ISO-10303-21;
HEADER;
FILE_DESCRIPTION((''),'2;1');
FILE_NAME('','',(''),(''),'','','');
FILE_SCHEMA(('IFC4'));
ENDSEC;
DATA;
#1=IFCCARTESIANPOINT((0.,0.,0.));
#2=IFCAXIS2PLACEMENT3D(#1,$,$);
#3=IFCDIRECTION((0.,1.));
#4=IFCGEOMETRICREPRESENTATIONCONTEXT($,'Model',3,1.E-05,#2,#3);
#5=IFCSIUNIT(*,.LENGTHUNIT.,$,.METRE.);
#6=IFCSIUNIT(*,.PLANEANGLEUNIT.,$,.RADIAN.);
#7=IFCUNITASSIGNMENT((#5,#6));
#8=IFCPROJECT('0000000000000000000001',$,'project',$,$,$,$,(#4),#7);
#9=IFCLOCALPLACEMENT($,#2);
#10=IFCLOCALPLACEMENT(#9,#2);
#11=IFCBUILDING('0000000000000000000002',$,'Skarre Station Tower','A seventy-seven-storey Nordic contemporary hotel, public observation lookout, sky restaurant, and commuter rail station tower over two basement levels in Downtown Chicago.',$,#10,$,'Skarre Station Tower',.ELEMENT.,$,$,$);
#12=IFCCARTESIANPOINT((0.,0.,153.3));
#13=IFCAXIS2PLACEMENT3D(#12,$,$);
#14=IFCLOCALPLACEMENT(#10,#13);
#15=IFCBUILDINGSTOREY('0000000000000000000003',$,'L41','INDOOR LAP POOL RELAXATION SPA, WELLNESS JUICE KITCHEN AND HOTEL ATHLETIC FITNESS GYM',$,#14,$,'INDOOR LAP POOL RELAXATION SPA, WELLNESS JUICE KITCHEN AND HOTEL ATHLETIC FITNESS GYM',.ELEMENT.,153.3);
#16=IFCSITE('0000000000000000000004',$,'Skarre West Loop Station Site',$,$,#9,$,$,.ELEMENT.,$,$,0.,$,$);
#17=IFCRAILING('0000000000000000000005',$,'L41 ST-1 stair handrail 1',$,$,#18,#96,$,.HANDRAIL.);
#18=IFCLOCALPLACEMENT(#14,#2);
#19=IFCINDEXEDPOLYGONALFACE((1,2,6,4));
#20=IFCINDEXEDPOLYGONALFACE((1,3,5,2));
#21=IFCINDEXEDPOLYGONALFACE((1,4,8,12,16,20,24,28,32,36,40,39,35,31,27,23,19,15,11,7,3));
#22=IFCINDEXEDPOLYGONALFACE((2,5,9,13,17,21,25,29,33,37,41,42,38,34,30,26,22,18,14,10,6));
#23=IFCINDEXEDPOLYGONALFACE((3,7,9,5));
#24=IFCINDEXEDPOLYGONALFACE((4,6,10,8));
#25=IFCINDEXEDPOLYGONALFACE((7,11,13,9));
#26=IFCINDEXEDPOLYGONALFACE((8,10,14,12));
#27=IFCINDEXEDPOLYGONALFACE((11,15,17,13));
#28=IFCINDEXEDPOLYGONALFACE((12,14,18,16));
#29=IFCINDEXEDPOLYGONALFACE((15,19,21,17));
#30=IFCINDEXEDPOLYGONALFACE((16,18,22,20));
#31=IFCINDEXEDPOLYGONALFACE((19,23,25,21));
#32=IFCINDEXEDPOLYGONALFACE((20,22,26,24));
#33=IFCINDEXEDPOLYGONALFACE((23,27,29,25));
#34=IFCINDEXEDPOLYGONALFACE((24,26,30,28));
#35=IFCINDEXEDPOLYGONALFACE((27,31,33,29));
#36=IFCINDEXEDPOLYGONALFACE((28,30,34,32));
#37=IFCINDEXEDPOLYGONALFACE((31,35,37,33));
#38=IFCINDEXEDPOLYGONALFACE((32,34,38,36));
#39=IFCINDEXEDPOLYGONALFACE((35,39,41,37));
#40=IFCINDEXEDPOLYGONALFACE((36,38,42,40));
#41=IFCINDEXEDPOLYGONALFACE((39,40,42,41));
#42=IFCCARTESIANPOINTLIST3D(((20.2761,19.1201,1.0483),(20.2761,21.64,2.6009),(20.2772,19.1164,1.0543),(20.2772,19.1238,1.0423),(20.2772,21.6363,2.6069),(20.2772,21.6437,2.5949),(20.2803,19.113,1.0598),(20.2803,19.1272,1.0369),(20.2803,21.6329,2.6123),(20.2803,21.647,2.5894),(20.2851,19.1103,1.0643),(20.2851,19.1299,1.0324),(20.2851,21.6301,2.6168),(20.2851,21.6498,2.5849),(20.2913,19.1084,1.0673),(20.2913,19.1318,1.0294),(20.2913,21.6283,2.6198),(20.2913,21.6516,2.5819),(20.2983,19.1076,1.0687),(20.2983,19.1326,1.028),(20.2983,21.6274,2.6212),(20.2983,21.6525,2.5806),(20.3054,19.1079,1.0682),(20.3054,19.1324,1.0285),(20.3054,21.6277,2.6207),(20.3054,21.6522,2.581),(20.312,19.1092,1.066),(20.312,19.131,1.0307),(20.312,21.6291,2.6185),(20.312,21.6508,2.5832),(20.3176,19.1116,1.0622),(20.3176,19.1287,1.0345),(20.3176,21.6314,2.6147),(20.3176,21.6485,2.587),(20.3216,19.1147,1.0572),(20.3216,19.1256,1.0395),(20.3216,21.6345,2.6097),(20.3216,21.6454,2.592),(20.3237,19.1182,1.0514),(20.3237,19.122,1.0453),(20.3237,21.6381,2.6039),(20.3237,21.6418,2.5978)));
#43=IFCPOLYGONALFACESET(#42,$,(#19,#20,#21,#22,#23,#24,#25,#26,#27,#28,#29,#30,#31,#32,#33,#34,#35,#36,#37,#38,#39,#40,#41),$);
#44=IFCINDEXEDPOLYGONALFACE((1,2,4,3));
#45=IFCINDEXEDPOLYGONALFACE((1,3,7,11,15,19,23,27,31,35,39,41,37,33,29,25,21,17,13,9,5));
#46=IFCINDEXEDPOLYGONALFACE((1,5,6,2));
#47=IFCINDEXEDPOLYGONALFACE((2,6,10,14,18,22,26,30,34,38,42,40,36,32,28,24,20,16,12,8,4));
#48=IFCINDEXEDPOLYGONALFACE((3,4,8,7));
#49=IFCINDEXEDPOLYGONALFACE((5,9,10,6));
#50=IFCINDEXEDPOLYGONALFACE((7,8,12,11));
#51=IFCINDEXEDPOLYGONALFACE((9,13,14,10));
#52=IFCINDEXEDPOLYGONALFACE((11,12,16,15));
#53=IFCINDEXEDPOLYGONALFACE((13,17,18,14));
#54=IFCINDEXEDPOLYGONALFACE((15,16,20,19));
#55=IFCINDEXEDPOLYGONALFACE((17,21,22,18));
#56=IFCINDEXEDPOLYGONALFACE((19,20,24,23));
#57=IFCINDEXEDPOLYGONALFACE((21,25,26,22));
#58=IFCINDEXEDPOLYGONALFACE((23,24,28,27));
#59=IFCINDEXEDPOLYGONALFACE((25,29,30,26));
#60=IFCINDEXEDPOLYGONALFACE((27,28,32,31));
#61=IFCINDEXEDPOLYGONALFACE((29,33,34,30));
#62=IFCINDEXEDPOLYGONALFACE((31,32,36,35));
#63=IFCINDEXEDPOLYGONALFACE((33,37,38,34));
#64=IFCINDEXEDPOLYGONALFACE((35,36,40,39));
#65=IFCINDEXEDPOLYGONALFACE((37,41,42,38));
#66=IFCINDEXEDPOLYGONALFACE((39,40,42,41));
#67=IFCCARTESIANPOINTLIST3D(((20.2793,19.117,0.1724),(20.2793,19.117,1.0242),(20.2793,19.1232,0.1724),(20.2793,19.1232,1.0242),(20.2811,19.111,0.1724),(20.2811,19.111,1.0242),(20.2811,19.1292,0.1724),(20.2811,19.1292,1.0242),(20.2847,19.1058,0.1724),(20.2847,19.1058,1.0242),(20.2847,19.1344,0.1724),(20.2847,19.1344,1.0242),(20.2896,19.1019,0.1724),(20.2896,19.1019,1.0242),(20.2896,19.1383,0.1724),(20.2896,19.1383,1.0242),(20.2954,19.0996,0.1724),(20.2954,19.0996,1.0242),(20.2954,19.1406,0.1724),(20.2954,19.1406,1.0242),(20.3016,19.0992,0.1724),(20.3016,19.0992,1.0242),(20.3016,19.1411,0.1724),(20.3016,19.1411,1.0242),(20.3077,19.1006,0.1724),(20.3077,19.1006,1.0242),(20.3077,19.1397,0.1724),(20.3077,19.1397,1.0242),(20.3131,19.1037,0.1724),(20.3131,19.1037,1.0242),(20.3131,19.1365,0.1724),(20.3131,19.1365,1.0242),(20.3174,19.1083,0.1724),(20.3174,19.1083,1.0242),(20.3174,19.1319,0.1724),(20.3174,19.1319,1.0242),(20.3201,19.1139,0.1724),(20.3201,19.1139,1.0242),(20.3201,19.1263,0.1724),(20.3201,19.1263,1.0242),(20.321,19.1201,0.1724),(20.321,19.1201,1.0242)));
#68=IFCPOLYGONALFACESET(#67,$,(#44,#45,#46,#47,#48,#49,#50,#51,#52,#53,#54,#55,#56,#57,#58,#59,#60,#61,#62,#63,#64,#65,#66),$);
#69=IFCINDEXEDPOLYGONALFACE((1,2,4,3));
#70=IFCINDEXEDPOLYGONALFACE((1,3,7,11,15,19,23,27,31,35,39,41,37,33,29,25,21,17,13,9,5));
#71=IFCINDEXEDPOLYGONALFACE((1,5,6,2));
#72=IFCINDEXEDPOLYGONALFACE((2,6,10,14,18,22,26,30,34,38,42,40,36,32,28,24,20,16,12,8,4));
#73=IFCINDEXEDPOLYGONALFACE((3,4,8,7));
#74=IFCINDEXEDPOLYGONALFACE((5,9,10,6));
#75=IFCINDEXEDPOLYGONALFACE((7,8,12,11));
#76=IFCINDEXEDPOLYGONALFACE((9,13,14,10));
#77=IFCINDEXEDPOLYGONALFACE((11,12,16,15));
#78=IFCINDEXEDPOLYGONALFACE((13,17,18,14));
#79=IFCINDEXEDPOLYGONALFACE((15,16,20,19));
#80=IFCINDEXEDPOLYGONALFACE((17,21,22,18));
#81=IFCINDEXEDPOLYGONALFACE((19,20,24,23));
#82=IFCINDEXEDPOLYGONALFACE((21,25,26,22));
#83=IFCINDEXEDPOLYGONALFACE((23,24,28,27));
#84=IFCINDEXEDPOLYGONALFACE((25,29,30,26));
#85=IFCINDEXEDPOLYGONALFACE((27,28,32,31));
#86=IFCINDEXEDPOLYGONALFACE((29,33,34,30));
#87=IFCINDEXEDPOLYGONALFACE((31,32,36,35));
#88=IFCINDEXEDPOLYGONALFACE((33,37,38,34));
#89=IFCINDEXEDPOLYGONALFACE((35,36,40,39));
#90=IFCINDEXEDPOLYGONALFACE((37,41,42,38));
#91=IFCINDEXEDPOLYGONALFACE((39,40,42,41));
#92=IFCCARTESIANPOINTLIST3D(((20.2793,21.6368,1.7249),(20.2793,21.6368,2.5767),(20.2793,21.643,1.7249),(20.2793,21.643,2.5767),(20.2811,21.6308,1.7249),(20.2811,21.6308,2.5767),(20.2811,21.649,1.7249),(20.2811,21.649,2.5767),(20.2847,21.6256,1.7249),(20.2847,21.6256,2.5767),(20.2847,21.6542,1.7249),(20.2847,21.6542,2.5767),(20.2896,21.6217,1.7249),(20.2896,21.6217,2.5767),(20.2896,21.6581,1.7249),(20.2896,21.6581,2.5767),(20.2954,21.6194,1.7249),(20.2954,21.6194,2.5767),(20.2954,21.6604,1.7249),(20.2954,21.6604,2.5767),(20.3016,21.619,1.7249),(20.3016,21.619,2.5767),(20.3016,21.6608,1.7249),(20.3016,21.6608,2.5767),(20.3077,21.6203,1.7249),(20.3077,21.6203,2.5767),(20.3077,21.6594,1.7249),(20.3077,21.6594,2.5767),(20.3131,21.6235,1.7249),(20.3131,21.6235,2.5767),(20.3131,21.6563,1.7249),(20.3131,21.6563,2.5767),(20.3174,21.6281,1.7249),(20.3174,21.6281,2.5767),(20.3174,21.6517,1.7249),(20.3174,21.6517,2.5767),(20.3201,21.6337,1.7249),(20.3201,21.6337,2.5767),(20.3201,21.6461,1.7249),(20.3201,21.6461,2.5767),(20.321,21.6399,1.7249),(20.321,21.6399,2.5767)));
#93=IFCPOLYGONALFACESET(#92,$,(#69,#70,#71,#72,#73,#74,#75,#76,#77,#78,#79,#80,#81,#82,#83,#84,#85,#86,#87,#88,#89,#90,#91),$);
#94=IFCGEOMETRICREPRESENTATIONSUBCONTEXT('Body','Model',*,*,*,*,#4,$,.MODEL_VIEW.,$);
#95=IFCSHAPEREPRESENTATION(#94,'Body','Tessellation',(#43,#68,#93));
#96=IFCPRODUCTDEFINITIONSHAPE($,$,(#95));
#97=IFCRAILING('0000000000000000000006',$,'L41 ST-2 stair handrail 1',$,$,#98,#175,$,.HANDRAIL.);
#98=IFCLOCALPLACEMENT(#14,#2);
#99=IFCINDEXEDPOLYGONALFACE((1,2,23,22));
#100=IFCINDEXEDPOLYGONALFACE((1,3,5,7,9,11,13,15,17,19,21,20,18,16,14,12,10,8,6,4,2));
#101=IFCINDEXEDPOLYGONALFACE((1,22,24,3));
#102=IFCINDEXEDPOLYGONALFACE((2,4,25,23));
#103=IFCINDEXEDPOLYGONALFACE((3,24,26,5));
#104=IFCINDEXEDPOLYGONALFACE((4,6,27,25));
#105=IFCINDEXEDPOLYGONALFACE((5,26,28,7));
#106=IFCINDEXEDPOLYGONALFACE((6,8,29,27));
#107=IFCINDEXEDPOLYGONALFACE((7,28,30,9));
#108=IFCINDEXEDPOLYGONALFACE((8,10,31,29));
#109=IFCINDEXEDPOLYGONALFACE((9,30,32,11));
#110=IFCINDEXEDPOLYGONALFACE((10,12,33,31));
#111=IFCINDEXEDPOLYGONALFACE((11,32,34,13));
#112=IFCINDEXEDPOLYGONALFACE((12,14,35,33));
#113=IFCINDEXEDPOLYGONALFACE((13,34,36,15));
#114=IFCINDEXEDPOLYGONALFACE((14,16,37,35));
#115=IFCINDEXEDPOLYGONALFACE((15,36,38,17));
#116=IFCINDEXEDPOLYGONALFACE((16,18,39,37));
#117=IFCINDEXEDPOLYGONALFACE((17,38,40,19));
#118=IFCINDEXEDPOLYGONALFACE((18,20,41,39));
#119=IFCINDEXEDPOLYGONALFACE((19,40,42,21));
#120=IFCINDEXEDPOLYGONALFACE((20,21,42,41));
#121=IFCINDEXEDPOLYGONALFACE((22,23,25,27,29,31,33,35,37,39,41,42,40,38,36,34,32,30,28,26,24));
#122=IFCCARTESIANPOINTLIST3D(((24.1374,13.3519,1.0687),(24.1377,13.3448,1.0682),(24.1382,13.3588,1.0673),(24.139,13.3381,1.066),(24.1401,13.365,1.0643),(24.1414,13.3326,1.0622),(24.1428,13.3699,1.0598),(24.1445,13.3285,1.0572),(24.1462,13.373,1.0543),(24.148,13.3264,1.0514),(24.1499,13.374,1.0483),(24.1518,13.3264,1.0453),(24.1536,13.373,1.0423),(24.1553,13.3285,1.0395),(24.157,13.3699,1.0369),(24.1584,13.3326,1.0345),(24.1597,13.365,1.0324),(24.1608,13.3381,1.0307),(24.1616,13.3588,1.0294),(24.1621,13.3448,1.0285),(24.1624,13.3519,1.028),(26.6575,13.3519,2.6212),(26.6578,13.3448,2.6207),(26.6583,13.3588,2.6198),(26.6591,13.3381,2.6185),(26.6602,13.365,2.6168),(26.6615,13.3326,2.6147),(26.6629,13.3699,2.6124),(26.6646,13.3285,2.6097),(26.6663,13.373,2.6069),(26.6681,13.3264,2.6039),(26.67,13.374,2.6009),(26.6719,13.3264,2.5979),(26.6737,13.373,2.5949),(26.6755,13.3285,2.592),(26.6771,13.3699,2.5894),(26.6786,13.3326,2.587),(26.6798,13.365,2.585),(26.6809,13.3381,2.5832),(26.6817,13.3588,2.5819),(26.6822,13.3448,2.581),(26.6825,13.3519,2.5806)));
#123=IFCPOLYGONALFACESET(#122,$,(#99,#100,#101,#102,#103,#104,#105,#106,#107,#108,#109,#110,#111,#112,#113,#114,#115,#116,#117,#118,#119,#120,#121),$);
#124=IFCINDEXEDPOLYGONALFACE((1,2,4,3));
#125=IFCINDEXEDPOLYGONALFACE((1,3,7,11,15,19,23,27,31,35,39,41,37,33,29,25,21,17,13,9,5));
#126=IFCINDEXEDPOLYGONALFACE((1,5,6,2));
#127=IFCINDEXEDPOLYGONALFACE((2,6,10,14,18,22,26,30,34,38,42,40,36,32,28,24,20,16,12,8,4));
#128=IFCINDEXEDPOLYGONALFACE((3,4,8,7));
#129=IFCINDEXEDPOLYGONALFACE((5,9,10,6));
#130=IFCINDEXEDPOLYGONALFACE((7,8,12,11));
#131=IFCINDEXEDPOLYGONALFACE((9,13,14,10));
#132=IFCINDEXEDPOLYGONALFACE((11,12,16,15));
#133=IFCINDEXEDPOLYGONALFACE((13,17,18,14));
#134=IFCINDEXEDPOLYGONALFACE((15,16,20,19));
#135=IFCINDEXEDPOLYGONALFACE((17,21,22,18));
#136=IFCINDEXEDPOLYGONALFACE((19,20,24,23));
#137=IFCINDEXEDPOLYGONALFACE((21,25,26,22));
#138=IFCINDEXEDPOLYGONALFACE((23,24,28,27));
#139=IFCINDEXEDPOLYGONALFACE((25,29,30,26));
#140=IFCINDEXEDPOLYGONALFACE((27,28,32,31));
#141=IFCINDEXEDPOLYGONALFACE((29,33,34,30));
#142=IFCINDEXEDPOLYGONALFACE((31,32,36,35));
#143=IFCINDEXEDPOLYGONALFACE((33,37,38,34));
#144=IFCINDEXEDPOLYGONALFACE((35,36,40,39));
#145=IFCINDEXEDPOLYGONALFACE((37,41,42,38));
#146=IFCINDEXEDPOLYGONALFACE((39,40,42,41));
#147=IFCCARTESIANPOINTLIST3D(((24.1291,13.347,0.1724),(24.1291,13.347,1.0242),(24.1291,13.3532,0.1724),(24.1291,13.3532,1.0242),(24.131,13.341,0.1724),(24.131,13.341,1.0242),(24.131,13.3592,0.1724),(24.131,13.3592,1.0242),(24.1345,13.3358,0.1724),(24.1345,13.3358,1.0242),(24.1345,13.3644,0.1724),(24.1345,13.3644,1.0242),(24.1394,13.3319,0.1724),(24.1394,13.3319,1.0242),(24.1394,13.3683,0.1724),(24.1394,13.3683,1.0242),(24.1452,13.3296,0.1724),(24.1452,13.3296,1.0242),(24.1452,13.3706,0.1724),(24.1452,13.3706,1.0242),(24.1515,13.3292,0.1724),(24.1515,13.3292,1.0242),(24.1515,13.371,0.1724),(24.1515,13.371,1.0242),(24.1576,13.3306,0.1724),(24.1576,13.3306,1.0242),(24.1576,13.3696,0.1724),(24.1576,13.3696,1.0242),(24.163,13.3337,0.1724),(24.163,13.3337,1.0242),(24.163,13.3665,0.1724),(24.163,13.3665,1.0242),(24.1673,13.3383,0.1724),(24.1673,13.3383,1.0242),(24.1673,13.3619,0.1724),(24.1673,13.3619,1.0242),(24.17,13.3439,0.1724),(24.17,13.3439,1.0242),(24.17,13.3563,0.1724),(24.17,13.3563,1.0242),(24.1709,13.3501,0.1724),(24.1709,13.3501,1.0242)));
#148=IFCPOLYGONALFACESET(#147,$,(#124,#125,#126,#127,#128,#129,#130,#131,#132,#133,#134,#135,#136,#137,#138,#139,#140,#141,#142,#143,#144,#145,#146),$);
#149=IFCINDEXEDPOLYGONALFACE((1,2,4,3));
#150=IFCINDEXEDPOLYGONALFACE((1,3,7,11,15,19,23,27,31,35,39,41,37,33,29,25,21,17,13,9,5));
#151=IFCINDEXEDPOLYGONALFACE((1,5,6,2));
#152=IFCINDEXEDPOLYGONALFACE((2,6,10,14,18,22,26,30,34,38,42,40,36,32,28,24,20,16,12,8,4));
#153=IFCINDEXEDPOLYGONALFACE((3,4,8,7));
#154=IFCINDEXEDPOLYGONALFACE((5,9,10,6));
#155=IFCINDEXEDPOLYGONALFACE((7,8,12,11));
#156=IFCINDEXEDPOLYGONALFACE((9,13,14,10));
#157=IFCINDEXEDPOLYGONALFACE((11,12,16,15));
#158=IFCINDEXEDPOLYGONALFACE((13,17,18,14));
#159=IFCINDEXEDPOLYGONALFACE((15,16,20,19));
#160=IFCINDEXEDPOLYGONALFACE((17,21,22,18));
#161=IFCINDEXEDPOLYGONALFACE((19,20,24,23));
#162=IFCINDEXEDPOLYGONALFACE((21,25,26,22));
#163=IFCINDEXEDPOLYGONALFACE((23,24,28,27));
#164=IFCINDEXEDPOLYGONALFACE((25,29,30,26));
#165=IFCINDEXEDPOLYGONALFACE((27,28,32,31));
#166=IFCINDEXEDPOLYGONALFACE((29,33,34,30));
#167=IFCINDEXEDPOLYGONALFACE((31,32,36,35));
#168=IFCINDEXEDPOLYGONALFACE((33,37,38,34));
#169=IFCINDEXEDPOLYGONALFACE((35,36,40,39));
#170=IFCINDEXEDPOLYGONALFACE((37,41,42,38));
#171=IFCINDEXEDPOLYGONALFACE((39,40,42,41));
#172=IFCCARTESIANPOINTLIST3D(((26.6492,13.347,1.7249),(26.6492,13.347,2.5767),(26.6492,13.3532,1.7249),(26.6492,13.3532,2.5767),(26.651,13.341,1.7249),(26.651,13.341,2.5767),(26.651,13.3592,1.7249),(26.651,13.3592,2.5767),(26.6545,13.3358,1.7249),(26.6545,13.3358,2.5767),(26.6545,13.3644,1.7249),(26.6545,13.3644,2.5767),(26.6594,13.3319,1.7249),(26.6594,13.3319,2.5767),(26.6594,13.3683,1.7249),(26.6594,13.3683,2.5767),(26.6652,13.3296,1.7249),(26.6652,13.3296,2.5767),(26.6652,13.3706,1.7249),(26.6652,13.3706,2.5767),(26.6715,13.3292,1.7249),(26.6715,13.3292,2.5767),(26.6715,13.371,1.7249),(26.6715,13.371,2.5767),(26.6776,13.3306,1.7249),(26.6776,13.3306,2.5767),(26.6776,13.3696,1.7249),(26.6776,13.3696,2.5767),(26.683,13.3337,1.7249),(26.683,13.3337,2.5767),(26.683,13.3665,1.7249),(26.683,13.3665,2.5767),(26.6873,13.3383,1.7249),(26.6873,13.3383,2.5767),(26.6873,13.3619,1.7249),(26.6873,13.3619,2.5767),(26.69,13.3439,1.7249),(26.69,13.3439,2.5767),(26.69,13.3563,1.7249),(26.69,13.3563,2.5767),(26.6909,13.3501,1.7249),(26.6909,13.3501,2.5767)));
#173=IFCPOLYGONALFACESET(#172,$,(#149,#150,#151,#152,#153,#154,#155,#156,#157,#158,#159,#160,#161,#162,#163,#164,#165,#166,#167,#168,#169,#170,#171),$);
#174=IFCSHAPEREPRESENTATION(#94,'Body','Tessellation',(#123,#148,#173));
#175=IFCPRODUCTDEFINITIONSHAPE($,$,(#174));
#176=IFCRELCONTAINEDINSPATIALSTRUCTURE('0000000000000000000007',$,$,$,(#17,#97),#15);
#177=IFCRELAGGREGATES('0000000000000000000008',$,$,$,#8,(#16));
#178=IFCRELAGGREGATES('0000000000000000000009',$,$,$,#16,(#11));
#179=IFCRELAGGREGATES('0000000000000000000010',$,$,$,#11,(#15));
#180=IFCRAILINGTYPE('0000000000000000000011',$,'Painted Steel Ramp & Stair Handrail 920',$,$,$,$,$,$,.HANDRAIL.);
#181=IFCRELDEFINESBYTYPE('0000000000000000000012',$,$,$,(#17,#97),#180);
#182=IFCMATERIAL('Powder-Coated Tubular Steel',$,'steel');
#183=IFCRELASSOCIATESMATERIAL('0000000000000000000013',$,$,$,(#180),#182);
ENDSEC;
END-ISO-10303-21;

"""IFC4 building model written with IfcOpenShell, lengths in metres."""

from ifc_helpers import new_model, si_unit, direction, frame, origin, origin_2d, place, context, subcontext, project, spatial, circle, extrude, material, type_object, element, save


model = new_model("IFC4")

# Units and contexts
model_context = context("Model", 3, precision=1e-05, world=origin(), true_north=direction((0.0, 1.0)))
body_context = subcontext(model_context, "Body", "Model", "MODEL_VIEW")
ifc_project = project(units=[si_unit("LENGTHUNIT", "METRE"), si_unit("PLANEANGLEUNIT", "RADIAN")], contexts=[model_context])

# Site, building, storey
site_placement = place(None, origin())
site = spatial("IfcSite", under=ifc_project, at=site_placement, Name="Skarre West Loop Station Site", CompositionType="ELEMENT", RefElevation=0.0)
building_placement = place(site_placement, origin())
building = spatial("IfcBuilding", under=site, at=building_placement, Name="Skarre Station Tower", Description="A seventy-seven-storey Nordic contemporary hotel, public observation lookout, sky restaurant, and commuter rail station tower over two basement levels in Downtown Chicago.", LongName="Skarre Station Tower", CompositionType="ELEMENT")
storey_placement = place(building_placement, frame((0.0, 0.0, 153.3)))
storey = spatial("IfcBuildingStorey", under=building, at=storey_placement, Name="L41", Description="INDOOR LAP POOL RELAXATION SPA, WELLNESS JUICE KITCHEN AND HOTEL ATHLETIC FITNESS GYM", LongName="INDOOR LAP POOL RELAXATION SPA, WELLNESS JUICE KITCHEN AND HOTEL ATHLETIC FITNESS GYM", CompositionType="ELEMENT", Elevation=153.3)

# Railings
ifc_material_1 = material(Name="Powder-Coated Tubular Steel", Category="steel")
railing_type_1 = type_object("IfcRailingType", Name="Painted Steel Ramp & Stair Handrail 920", PredefinedType="HANDRAIL", material=ifc_material_1)
railing_1_placement = place(storey_placement, frame((20.3, 19.1201, 0.1724)))
element("IfcRailing", 1, at=railing_1_placement, inside=storey, type_object=railing_type_1, Name="L41 ST-1 stair handrail 1", PredefinedType="HANDRAIL", context=body_context, shape_type="SweptSolid", body=[
    extrude(circle(Radius=0.0239, at=origin_2d()), frame((0.0, 0.0, 0.876), z_axis=(0.0, 0.851378, 0.524553), x_axis=(-1.0, 0.0, 0.0)), (0.0, 0.0, 1.0), 2.9597),
    extrude(circle(Radius=0.021, at=origin_2d()), origin(), (0.0, 0.0, 1.0), 0.8518),
    extrude(circle(Radius=0.021, at=origin_2d()), frame((0.0, 2.5198, 1.5525)), (0.0, 0.0, 1.0), 0.8518),
])
railing_2_placement = place(storey_placement, frame((24.1499, 13.3501, 0.1724)))
element("IfcRailing", 2, at=railing_2_placement, inside=storey, type_object=railing_type_1, Name="L41 ST-2 stair handrail 1", PredefinedType="HANDRAIL", context=body_context, shape_type="SweptSolid", body=[
    extrude(circle(Radius=0.0239, at=origin_2d()), frame((0.0, 0.0, 0.876), z_axis=(0.8514, 0.0, 0.524516), x_axis=(0.0, 1.0, 0.0)), (0.0, 0.0, 1.0), 2.96),
    extrude(circle(Radius=0.021, at=origin_2d()), origin(), (0.0, 0.0, 1.0), 0.8518),
    extrude(circle(Radius=0.021, at=origin_2d()), frame((2.52, 0.0, 1.5525)), (0.0, 0.0, 1.0), 0.8518),
])

save(model, "model.ifc")
